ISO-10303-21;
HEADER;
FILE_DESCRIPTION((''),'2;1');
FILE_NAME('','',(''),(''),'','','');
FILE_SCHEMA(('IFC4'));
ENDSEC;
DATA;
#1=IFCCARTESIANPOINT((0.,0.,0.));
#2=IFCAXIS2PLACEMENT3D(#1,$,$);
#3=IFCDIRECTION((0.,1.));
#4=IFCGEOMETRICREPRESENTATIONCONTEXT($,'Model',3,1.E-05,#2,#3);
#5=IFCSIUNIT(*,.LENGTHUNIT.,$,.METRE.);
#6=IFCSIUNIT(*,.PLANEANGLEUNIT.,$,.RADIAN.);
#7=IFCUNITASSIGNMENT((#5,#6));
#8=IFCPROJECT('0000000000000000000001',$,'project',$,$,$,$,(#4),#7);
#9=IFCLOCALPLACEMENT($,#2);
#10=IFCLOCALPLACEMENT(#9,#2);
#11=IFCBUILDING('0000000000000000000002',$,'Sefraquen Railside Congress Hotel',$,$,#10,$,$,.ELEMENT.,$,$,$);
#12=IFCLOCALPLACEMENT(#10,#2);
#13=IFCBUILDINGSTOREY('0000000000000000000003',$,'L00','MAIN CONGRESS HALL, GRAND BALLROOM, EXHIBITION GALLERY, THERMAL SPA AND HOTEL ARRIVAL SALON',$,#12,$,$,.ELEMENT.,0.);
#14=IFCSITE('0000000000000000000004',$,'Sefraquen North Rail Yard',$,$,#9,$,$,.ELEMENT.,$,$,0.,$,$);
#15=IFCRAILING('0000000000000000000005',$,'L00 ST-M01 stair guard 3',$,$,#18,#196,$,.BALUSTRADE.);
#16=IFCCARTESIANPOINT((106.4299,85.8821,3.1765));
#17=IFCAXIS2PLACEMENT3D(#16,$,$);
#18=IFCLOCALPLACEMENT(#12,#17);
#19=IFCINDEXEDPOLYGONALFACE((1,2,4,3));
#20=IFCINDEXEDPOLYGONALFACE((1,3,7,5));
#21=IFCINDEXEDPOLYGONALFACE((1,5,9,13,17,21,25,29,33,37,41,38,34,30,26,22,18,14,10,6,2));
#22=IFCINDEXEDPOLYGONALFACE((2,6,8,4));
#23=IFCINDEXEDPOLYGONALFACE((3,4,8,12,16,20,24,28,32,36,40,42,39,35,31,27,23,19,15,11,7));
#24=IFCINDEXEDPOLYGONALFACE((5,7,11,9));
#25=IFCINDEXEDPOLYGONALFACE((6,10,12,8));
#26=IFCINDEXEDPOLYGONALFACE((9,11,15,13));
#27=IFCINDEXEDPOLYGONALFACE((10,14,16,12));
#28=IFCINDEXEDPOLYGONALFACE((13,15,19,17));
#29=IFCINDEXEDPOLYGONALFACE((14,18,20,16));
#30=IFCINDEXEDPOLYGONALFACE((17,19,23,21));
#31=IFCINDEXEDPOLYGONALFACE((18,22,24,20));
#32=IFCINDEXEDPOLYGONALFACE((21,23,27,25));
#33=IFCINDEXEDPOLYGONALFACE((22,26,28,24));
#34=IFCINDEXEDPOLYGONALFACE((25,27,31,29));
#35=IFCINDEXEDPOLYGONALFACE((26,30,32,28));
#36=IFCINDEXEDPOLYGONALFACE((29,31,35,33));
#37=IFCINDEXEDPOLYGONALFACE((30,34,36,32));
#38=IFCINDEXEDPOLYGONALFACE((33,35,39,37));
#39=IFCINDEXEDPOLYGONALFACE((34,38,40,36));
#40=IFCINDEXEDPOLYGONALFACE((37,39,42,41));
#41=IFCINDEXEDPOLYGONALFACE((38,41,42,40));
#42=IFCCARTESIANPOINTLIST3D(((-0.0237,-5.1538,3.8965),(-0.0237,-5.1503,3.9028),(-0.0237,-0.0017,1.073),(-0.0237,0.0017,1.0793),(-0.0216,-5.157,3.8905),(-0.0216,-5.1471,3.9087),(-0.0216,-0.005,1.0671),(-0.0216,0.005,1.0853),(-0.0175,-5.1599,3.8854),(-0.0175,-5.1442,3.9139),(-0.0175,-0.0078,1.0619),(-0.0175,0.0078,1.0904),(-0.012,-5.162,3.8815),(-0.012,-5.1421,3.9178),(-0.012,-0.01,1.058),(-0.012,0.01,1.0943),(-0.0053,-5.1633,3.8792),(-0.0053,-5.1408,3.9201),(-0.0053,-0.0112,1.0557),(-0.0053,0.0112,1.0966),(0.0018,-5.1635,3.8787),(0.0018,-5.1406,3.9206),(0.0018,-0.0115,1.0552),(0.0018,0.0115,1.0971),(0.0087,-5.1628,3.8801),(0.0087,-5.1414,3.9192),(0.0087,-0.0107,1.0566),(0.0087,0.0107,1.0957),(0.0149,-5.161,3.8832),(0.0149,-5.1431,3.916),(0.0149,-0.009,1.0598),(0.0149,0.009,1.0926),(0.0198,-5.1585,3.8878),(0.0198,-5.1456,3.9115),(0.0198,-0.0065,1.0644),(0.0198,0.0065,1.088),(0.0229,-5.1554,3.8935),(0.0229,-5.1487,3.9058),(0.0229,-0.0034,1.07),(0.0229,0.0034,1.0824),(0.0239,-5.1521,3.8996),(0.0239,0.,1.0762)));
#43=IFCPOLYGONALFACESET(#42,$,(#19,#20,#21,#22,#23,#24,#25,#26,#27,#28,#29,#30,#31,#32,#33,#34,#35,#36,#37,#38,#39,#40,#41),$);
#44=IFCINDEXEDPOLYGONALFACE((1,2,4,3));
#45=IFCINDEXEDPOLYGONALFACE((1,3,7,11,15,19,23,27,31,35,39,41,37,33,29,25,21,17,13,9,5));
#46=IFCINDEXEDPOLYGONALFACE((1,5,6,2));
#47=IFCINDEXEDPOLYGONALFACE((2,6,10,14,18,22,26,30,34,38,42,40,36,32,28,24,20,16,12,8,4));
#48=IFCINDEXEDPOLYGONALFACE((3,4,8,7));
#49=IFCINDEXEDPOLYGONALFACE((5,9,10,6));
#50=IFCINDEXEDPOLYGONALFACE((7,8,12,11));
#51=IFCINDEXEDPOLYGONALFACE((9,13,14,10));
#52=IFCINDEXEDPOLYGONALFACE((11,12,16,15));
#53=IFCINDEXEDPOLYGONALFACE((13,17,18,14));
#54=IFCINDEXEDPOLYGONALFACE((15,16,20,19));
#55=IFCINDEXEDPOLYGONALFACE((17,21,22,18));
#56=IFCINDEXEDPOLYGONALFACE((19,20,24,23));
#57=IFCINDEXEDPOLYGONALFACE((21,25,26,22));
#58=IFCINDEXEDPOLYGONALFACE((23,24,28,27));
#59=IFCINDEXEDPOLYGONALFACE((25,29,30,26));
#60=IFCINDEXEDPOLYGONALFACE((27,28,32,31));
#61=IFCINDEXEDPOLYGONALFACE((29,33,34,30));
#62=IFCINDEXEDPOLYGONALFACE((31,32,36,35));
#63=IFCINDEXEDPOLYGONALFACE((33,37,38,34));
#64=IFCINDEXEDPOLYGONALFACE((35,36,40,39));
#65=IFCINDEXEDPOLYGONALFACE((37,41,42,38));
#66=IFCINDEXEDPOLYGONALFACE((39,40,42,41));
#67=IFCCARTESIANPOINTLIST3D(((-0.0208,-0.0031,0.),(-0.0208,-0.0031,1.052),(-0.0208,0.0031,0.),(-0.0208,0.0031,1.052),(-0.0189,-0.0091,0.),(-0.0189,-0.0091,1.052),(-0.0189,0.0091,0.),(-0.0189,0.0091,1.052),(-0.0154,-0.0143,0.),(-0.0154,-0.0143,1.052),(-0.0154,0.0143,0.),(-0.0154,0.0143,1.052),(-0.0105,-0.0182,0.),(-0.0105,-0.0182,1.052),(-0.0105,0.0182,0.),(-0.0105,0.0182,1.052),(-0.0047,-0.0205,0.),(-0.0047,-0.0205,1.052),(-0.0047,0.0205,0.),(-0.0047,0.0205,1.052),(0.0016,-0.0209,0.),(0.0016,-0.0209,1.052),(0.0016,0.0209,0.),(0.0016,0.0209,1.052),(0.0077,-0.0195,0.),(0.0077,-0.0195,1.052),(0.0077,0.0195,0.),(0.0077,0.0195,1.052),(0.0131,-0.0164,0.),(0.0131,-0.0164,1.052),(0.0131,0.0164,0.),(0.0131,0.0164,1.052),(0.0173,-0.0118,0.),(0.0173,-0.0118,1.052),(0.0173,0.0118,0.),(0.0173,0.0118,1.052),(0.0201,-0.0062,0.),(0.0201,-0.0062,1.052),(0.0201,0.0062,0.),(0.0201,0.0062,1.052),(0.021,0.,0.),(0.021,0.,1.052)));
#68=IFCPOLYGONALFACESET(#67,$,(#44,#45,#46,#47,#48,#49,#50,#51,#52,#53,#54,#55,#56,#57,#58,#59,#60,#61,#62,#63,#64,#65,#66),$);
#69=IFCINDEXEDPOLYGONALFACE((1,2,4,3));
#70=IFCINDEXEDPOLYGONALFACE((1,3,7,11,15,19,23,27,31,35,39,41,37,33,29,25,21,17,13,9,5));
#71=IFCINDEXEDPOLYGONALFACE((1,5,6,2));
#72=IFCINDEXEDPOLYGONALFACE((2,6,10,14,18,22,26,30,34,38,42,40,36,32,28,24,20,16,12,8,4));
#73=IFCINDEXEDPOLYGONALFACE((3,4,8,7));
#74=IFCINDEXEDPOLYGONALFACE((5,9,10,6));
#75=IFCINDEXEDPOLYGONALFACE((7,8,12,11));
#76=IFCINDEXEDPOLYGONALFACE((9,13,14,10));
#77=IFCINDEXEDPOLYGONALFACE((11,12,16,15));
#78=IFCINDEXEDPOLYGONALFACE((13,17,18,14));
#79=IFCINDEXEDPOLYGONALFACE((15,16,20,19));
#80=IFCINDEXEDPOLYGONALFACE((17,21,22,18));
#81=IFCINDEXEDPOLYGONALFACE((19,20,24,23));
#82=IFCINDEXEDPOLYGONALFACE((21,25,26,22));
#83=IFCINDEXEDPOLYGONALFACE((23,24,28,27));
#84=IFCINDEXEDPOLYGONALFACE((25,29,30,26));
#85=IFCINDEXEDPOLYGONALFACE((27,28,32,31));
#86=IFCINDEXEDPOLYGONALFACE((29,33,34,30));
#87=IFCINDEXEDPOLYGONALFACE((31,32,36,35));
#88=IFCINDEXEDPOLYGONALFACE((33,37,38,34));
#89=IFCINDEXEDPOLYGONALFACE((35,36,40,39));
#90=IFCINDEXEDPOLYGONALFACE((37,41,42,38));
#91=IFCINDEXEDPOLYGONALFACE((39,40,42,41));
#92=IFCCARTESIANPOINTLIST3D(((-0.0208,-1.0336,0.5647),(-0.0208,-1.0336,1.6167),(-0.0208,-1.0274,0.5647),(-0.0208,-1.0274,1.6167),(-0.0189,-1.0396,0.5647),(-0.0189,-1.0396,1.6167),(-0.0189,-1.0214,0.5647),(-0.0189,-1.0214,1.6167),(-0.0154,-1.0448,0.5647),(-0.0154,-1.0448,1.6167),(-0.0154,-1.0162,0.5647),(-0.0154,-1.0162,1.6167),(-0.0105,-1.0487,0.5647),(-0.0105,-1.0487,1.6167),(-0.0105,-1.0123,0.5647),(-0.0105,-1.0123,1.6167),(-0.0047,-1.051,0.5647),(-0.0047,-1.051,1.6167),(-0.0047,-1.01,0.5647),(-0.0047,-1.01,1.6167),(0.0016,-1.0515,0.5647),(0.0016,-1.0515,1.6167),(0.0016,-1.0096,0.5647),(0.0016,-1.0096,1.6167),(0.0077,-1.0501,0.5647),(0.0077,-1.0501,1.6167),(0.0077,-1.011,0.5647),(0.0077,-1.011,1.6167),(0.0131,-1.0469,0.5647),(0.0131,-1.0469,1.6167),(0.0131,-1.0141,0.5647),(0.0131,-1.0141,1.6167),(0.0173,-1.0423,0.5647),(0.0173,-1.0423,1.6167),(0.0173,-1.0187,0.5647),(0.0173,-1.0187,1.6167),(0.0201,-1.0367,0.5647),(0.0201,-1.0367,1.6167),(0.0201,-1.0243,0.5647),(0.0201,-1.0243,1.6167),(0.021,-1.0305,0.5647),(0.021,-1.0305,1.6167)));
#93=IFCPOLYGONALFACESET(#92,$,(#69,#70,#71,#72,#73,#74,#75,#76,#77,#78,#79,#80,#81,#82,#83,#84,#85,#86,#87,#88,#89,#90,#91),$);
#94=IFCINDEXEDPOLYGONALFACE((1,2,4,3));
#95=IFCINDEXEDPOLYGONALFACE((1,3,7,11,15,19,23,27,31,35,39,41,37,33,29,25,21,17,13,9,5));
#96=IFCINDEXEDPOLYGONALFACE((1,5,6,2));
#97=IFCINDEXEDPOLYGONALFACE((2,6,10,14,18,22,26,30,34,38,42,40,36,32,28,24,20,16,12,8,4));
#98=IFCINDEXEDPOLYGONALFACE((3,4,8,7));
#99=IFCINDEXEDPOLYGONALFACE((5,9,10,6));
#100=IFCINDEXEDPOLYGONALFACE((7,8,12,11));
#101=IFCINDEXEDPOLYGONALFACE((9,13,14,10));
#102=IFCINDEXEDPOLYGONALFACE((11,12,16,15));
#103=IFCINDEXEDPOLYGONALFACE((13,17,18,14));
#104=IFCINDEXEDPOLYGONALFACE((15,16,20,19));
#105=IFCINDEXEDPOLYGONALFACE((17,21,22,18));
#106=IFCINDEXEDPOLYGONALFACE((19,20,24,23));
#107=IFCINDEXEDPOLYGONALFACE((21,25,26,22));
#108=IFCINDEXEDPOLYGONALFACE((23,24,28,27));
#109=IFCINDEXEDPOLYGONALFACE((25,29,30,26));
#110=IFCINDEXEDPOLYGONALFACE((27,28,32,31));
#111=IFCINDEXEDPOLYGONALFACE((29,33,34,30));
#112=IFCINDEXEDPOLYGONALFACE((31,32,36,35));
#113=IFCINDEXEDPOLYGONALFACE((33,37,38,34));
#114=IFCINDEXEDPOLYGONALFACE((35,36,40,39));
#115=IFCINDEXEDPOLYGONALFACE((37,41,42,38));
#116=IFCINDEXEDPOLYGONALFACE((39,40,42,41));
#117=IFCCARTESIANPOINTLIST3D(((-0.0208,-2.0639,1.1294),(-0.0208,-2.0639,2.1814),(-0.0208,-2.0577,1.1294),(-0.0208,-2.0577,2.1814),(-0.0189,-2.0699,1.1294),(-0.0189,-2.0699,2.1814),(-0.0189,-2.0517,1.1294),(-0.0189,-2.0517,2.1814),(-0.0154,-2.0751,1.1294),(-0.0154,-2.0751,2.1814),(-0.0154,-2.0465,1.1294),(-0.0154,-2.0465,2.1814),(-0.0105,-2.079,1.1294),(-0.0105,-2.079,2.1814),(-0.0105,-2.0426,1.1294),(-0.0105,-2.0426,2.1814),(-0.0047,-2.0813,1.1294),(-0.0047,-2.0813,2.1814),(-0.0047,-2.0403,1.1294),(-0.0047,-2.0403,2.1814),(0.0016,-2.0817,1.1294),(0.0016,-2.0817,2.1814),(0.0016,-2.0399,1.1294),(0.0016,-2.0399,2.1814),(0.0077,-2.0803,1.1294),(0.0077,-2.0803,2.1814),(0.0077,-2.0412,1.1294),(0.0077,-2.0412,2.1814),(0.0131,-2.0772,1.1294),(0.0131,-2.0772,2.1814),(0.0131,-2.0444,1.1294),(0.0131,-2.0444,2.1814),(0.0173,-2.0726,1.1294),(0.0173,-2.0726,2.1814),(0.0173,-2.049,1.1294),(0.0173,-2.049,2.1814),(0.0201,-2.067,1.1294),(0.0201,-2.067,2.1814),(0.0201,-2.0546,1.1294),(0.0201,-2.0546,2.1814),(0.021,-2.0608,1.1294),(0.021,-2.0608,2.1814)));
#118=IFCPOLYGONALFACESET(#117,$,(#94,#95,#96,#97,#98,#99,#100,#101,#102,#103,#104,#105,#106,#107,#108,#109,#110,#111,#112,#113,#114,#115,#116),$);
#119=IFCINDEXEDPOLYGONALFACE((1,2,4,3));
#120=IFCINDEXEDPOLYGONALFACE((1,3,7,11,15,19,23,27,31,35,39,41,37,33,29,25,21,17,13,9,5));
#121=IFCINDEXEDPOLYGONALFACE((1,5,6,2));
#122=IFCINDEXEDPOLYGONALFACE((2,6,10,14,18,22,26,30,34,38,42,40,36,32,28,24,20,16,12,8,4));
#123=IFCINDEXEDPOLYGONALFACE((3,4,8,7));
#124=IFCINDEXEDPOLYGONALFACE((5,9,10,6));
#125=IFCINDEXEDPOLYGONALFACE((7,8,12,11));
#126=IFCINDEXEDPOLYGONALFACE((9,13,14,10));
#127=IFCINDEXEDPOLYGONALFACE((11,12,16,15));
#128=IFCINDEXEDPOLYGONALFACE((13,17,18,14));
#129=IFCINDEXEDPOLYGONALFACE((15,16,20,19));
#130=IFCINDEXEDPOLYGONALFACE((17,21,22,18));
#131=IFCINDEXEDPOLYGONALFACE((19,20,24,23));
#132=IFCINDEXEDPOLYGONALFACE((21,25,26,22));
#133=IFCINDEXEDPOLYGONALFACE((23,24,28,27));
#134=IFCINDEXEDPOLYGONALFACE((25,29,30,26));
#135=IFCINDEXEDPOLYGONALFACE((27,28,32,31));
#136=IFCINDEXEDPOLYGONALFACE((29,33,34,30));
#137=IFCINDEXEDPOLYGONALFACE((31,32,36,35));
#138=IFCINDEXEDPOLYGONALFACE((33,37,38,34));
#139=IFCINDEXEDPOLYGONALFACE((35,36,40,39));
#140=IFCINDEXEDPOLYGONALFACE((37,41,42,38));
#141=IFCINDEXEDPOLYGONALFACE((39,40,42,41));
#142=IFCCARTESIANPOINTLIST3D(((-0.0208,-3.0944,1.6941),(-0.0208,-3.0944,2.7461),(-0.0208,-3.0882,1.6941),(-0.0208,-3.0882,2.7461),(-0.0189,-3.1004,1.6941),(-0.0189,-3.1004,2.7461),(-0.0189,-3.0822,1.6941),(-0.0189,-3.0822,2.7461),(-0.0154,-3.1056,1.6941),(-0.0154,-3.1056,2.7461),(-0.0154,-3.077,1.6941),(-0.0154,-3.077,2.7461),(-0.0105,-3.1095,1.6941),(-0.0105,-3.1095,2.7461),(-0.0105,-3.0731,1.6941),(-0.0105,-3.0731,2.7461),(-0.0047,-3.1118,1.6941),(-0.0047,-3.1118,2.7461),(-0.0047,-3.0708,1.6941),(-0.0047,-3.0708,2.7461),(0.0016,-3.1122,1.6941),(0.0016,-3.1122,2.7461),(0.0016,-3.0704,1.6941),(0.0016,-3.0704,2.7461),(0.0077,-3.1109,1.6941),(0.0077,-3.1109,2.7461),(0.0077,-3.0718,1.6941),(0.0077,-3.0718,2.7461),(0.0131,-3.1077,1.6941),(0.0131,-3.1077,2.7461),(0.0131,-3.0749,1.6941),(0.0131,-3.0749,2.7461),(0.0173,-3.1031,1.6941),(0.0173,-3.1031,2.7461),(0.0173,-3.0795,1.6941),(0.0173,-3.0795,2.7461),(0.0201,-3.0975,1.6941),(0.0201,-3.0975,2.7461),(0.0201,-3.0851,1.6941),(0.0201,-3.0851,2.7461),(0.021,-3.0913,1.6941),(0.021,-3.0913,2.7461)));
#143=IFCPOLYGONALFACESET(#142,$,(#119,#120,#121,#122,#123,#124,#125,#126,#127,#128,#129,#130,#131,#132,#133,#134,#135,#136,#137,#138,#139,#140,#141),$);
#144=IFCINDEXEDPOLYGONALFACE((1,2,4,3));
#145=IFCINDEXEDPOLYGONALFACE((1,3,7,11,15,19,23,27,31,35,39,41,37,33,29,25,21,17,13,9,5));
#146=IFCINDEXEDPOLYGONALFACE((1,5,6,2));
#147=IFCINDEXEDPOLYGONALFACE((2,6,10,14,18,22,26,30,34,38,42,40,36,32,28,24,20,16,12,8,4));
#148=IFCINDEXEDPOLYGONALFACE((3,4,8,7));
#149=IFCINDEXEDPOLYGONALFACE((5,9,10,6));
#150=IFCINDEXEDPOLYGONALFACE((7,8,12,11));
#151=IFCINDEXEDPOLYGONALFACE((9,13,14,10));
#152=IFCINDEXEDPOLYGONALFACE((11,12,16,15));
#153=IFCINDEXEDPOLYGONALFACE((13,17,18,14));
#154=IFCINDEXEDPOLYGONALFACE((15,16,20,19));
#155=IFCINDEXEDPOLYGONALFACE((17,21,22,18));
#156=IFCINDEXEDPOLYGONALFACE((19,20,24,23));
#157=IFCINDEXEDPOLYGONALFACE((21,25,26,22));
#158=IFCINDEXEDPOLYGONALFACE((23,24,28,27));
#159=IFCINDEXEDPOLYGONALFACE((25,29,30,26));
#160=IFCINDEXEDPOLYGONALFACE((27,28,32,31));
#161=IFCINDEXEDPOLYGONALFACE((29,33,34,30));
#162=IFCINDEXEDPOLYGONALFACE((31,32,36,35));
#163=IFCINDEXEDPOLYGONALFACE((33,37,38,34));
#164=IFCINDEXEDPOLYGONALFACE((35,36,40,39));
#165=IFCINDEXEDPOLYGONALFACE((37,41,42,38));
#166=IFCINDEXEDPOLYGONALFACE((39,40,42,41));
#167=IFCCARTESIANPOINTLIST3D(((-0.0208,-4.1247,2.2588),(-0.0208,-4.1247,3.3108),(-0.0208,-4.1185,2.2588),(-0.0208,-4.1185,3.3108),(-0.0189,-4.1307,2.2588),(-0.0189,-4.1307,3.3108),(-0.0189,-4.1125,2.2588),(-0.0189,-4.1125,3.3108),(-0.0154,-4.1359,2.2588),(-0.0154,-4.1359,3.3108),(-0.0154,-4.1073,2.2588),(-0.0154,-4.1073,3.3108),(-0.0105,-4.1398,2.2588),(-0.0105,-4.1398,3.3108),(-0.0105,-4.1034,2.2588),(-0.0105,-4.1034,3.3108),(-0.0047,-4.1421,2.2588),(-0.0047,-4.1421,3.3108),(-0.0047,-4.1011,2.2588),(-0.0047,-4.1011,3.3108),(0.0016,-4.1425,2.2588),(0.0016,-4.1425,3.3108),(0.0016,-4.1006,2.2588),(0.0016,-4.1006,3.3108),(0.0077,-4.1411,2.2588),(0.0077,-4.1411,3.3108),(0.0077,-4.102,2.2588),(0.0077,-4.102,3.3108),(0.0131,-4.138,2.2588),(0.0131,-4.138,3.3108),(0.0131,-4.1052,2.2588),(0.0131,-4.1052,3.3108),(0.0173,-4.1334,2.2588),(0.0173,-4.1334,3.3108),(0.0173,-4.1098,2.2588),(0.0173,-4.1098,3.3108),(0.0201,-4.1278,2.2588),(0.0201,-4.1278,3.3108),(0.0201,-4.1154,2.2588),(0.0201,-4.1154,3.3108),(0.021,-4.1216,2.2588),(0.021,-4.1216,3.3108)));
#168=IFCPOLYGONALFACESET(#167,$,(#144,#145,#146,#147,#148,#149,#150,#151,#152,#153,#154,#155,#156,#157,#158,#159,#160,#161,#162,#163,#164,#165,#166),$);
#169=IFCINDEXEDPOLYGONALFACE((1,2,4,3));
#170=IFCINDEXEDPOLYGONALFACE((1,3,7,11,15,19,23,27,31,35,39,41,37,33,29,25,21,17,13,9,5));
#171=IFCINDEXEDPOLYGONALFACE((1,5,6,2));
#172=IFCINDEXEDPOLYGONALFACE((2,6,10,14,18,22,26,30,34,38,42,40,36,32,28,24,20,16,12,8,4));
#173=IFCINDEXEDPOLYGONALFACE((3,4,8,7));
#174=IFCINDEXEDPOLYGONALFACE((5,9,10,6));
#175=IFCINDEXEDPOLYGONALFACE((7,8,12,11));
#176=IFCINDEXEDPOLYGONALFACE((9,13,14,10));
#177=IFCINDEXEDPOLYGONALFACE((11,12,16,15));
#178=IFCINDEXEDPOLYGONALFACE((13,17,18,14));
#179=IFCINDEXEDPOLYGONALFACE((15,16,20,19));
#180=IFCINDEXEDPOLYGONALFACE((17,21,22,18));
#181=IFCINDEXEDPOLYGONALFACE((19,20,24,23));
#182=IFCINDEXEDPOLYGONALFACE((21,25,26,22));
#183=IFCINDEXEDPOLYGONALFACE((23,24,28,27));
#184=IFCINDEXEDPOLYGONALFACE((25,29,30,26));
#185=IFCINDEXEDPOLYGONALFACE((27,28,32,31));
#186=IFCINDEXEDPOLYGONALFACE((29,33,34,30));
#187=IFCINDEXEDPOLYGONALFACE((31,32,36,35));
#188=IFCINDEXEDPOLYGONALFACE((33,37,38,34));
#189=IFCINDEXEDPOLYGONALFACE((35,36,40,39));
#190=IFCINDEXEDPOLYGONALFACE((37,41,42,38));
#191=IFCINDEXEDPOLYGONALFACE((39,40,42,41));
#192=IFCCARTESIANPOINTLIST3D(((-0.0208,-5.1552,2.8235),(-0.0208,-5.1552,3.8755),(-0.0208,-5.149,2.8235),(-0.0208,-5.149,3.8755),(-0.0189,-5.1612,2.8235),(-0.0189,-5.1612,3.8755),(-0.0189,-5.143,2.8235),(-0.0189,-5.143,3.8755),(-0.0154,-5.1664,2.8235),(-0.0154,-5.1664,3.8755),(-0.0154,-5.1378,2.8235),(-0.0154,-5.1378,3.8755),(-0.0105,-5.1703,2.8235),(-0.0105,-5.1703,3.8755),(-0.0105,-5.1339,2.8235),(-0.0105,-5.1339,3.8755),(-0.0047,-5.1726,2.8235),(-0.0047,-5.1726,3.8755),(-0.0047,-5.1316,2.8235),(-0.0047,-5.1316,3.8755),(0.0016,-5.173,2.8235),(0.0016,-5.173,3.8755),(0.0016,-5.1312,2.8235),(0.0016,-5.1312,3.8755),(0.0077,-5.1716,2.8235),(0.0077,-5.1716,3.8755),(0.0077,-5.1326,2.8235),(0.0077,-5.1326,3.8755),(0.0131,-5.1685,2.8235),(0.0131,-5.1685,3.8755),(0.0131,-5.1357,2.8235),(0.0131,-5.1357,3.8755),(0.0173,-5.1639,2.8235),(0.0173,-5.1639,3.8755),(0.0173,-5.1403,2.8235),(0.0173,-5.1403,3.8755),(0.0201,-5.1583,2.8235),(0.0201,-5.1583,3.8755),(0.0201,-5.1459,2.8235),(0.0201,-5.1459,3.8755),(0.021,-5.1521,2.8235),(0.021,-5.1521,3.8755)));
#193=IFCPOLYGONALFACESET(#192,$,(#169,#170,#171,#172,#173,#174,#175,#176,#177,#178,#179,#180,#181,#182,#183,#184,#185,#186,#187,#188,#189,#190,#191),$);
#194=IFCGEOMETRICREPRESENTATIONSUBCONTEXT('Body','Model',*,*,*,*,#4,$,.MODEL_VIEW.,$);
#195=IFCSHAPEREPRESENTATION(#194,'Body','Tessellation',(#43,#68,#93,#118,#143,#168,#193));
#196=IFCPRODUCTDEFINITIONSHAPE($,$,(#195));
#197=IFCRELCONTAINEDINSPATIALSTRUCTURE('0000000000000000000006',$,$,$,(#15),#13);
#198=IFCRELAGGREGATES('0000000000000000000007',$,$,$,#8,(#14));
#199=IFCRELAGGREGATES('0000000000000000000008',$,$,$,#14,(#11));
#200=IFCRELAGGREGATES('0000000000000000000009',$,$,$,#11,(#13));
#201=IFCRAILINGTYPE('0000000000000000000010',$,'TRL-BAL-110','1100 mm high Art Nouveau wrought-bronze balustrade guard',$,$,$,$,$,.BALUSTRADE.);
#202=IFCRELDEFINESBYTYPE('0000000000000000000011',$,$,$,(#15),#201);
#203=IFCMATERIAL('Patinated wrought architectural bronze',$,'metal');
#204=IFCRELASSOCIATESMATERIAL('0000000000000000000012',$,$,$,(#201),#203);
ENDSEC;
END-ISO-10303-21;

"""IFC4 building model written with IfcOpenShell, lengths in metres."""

from ifc_helpers import new_model, si_unit, direction, frame, origin, origin_2d, place, context, subcontext, project, spatial, circle, extrude, material, type_object, element, save


model = new_model("IFC4")

# Units and contexts
model_context = context("Model", 3, precision=1e-05, world=origin(), true_north=direction((0.0, 1.0)))
body_context = subcontext(model_context, "Body", "Model", "MODEL_VIEW")
ifc_project = project(units=[si_unit("LENGTHUNIT", "METRE"), si_unit("PLANEANGLEUNIT", "RADIAN")], contexts=[model_context])

# Site, building, storey
site_placement = place(None, origin())
site = spatial("IfcSite", under=ifc_project, at=site_placement, Name="Sefraquen North Rail Yard", CompositionType="ELEMENT", RefElevation=0.0)
building_placement = place(site_placement, origin())
building = spatial("IfcBuilding", under=site, at=building_placement, Name="Sefraquen Railside Congress Hotel", CompositionType="ELEMENT")
storey_placement = place(building_placement, origin())
storey = spatial("IfcBuildingStorey", under=building, at=storey_placement, Name="L00", Description="MAIN CONGRESS HALL, GRAND BALLROOM, EXHIBITION GALLERY, THERMAL SPA AND HOTEL ARRIVAL SALON", CompositionType="ELEMENT", Elevation=0.0)

# Railing
ifc_material_1 = material(Name="Patinated wrought architectural bronze", Category="metal")
railing_type_1 = type_object("IfcRailingType", Name="TRL-BAL-110", Description="1100 mm high Art Nouveau wrought-bronze balustrade guard", PredefinedType="BALUSTRADE", material=ifc_material_1)
railing_1_placement = place(storey_placement, frame((106.4299, 85.8821, 3.1765)))
element("IfcRailing", 1, at=railing_1_placement, inside=storey, type_object=railing_type_1, Name="L00 ST-M01 stair guard 3", PredefinedType="BALUSTRADE", context=body_context, shape_type="SweptSolid", body=[
    extrude(circle(Radius=0.0239, at=origin_2d()), frame((0.0, 0.0, 1.0762), z_axis=(0.0, -0.876946, 0.480589), x_axis=(1.0, 0.0, 0.0)), (0.0, 0.0, 1.0), 5.875),
    extrude(circle(Radius=0.021, at=origin_2d()), origin(), (0.0, 0.0, 1.0), 1.052),
    extrude(circle(Radius=0.021, at=origin_2d()), frame((0.0, -1.0305, 0.5647)), (0.0, 0.0, 1.0), 1.052),
    extrude(circle(Radius=0.021, at=origin_2d()), frame((0.0, -2.0608, 1.1294)), (0.0, 0.0, 1.0), 1.052),
    extrude(circle(Radius=0.021, at=origin_2d()), frame((0.0, -3.0913, 1.6941)), (0.0, 0.0, 1.0), 1.052),
    extrude(circle(Radius=0.021, at=origin_2d()), frame((0.0, -4.1216, 2.2588)), (0.0, 0.0, 1.0), 1.052),
    extrude(circle(Radius=0.021, at=origin_2d()), frame((0.0, -5.1521, 2.8235)), (0.0, 0.0, 1.0), 1.052),
])

save(model, "model.ifc")
